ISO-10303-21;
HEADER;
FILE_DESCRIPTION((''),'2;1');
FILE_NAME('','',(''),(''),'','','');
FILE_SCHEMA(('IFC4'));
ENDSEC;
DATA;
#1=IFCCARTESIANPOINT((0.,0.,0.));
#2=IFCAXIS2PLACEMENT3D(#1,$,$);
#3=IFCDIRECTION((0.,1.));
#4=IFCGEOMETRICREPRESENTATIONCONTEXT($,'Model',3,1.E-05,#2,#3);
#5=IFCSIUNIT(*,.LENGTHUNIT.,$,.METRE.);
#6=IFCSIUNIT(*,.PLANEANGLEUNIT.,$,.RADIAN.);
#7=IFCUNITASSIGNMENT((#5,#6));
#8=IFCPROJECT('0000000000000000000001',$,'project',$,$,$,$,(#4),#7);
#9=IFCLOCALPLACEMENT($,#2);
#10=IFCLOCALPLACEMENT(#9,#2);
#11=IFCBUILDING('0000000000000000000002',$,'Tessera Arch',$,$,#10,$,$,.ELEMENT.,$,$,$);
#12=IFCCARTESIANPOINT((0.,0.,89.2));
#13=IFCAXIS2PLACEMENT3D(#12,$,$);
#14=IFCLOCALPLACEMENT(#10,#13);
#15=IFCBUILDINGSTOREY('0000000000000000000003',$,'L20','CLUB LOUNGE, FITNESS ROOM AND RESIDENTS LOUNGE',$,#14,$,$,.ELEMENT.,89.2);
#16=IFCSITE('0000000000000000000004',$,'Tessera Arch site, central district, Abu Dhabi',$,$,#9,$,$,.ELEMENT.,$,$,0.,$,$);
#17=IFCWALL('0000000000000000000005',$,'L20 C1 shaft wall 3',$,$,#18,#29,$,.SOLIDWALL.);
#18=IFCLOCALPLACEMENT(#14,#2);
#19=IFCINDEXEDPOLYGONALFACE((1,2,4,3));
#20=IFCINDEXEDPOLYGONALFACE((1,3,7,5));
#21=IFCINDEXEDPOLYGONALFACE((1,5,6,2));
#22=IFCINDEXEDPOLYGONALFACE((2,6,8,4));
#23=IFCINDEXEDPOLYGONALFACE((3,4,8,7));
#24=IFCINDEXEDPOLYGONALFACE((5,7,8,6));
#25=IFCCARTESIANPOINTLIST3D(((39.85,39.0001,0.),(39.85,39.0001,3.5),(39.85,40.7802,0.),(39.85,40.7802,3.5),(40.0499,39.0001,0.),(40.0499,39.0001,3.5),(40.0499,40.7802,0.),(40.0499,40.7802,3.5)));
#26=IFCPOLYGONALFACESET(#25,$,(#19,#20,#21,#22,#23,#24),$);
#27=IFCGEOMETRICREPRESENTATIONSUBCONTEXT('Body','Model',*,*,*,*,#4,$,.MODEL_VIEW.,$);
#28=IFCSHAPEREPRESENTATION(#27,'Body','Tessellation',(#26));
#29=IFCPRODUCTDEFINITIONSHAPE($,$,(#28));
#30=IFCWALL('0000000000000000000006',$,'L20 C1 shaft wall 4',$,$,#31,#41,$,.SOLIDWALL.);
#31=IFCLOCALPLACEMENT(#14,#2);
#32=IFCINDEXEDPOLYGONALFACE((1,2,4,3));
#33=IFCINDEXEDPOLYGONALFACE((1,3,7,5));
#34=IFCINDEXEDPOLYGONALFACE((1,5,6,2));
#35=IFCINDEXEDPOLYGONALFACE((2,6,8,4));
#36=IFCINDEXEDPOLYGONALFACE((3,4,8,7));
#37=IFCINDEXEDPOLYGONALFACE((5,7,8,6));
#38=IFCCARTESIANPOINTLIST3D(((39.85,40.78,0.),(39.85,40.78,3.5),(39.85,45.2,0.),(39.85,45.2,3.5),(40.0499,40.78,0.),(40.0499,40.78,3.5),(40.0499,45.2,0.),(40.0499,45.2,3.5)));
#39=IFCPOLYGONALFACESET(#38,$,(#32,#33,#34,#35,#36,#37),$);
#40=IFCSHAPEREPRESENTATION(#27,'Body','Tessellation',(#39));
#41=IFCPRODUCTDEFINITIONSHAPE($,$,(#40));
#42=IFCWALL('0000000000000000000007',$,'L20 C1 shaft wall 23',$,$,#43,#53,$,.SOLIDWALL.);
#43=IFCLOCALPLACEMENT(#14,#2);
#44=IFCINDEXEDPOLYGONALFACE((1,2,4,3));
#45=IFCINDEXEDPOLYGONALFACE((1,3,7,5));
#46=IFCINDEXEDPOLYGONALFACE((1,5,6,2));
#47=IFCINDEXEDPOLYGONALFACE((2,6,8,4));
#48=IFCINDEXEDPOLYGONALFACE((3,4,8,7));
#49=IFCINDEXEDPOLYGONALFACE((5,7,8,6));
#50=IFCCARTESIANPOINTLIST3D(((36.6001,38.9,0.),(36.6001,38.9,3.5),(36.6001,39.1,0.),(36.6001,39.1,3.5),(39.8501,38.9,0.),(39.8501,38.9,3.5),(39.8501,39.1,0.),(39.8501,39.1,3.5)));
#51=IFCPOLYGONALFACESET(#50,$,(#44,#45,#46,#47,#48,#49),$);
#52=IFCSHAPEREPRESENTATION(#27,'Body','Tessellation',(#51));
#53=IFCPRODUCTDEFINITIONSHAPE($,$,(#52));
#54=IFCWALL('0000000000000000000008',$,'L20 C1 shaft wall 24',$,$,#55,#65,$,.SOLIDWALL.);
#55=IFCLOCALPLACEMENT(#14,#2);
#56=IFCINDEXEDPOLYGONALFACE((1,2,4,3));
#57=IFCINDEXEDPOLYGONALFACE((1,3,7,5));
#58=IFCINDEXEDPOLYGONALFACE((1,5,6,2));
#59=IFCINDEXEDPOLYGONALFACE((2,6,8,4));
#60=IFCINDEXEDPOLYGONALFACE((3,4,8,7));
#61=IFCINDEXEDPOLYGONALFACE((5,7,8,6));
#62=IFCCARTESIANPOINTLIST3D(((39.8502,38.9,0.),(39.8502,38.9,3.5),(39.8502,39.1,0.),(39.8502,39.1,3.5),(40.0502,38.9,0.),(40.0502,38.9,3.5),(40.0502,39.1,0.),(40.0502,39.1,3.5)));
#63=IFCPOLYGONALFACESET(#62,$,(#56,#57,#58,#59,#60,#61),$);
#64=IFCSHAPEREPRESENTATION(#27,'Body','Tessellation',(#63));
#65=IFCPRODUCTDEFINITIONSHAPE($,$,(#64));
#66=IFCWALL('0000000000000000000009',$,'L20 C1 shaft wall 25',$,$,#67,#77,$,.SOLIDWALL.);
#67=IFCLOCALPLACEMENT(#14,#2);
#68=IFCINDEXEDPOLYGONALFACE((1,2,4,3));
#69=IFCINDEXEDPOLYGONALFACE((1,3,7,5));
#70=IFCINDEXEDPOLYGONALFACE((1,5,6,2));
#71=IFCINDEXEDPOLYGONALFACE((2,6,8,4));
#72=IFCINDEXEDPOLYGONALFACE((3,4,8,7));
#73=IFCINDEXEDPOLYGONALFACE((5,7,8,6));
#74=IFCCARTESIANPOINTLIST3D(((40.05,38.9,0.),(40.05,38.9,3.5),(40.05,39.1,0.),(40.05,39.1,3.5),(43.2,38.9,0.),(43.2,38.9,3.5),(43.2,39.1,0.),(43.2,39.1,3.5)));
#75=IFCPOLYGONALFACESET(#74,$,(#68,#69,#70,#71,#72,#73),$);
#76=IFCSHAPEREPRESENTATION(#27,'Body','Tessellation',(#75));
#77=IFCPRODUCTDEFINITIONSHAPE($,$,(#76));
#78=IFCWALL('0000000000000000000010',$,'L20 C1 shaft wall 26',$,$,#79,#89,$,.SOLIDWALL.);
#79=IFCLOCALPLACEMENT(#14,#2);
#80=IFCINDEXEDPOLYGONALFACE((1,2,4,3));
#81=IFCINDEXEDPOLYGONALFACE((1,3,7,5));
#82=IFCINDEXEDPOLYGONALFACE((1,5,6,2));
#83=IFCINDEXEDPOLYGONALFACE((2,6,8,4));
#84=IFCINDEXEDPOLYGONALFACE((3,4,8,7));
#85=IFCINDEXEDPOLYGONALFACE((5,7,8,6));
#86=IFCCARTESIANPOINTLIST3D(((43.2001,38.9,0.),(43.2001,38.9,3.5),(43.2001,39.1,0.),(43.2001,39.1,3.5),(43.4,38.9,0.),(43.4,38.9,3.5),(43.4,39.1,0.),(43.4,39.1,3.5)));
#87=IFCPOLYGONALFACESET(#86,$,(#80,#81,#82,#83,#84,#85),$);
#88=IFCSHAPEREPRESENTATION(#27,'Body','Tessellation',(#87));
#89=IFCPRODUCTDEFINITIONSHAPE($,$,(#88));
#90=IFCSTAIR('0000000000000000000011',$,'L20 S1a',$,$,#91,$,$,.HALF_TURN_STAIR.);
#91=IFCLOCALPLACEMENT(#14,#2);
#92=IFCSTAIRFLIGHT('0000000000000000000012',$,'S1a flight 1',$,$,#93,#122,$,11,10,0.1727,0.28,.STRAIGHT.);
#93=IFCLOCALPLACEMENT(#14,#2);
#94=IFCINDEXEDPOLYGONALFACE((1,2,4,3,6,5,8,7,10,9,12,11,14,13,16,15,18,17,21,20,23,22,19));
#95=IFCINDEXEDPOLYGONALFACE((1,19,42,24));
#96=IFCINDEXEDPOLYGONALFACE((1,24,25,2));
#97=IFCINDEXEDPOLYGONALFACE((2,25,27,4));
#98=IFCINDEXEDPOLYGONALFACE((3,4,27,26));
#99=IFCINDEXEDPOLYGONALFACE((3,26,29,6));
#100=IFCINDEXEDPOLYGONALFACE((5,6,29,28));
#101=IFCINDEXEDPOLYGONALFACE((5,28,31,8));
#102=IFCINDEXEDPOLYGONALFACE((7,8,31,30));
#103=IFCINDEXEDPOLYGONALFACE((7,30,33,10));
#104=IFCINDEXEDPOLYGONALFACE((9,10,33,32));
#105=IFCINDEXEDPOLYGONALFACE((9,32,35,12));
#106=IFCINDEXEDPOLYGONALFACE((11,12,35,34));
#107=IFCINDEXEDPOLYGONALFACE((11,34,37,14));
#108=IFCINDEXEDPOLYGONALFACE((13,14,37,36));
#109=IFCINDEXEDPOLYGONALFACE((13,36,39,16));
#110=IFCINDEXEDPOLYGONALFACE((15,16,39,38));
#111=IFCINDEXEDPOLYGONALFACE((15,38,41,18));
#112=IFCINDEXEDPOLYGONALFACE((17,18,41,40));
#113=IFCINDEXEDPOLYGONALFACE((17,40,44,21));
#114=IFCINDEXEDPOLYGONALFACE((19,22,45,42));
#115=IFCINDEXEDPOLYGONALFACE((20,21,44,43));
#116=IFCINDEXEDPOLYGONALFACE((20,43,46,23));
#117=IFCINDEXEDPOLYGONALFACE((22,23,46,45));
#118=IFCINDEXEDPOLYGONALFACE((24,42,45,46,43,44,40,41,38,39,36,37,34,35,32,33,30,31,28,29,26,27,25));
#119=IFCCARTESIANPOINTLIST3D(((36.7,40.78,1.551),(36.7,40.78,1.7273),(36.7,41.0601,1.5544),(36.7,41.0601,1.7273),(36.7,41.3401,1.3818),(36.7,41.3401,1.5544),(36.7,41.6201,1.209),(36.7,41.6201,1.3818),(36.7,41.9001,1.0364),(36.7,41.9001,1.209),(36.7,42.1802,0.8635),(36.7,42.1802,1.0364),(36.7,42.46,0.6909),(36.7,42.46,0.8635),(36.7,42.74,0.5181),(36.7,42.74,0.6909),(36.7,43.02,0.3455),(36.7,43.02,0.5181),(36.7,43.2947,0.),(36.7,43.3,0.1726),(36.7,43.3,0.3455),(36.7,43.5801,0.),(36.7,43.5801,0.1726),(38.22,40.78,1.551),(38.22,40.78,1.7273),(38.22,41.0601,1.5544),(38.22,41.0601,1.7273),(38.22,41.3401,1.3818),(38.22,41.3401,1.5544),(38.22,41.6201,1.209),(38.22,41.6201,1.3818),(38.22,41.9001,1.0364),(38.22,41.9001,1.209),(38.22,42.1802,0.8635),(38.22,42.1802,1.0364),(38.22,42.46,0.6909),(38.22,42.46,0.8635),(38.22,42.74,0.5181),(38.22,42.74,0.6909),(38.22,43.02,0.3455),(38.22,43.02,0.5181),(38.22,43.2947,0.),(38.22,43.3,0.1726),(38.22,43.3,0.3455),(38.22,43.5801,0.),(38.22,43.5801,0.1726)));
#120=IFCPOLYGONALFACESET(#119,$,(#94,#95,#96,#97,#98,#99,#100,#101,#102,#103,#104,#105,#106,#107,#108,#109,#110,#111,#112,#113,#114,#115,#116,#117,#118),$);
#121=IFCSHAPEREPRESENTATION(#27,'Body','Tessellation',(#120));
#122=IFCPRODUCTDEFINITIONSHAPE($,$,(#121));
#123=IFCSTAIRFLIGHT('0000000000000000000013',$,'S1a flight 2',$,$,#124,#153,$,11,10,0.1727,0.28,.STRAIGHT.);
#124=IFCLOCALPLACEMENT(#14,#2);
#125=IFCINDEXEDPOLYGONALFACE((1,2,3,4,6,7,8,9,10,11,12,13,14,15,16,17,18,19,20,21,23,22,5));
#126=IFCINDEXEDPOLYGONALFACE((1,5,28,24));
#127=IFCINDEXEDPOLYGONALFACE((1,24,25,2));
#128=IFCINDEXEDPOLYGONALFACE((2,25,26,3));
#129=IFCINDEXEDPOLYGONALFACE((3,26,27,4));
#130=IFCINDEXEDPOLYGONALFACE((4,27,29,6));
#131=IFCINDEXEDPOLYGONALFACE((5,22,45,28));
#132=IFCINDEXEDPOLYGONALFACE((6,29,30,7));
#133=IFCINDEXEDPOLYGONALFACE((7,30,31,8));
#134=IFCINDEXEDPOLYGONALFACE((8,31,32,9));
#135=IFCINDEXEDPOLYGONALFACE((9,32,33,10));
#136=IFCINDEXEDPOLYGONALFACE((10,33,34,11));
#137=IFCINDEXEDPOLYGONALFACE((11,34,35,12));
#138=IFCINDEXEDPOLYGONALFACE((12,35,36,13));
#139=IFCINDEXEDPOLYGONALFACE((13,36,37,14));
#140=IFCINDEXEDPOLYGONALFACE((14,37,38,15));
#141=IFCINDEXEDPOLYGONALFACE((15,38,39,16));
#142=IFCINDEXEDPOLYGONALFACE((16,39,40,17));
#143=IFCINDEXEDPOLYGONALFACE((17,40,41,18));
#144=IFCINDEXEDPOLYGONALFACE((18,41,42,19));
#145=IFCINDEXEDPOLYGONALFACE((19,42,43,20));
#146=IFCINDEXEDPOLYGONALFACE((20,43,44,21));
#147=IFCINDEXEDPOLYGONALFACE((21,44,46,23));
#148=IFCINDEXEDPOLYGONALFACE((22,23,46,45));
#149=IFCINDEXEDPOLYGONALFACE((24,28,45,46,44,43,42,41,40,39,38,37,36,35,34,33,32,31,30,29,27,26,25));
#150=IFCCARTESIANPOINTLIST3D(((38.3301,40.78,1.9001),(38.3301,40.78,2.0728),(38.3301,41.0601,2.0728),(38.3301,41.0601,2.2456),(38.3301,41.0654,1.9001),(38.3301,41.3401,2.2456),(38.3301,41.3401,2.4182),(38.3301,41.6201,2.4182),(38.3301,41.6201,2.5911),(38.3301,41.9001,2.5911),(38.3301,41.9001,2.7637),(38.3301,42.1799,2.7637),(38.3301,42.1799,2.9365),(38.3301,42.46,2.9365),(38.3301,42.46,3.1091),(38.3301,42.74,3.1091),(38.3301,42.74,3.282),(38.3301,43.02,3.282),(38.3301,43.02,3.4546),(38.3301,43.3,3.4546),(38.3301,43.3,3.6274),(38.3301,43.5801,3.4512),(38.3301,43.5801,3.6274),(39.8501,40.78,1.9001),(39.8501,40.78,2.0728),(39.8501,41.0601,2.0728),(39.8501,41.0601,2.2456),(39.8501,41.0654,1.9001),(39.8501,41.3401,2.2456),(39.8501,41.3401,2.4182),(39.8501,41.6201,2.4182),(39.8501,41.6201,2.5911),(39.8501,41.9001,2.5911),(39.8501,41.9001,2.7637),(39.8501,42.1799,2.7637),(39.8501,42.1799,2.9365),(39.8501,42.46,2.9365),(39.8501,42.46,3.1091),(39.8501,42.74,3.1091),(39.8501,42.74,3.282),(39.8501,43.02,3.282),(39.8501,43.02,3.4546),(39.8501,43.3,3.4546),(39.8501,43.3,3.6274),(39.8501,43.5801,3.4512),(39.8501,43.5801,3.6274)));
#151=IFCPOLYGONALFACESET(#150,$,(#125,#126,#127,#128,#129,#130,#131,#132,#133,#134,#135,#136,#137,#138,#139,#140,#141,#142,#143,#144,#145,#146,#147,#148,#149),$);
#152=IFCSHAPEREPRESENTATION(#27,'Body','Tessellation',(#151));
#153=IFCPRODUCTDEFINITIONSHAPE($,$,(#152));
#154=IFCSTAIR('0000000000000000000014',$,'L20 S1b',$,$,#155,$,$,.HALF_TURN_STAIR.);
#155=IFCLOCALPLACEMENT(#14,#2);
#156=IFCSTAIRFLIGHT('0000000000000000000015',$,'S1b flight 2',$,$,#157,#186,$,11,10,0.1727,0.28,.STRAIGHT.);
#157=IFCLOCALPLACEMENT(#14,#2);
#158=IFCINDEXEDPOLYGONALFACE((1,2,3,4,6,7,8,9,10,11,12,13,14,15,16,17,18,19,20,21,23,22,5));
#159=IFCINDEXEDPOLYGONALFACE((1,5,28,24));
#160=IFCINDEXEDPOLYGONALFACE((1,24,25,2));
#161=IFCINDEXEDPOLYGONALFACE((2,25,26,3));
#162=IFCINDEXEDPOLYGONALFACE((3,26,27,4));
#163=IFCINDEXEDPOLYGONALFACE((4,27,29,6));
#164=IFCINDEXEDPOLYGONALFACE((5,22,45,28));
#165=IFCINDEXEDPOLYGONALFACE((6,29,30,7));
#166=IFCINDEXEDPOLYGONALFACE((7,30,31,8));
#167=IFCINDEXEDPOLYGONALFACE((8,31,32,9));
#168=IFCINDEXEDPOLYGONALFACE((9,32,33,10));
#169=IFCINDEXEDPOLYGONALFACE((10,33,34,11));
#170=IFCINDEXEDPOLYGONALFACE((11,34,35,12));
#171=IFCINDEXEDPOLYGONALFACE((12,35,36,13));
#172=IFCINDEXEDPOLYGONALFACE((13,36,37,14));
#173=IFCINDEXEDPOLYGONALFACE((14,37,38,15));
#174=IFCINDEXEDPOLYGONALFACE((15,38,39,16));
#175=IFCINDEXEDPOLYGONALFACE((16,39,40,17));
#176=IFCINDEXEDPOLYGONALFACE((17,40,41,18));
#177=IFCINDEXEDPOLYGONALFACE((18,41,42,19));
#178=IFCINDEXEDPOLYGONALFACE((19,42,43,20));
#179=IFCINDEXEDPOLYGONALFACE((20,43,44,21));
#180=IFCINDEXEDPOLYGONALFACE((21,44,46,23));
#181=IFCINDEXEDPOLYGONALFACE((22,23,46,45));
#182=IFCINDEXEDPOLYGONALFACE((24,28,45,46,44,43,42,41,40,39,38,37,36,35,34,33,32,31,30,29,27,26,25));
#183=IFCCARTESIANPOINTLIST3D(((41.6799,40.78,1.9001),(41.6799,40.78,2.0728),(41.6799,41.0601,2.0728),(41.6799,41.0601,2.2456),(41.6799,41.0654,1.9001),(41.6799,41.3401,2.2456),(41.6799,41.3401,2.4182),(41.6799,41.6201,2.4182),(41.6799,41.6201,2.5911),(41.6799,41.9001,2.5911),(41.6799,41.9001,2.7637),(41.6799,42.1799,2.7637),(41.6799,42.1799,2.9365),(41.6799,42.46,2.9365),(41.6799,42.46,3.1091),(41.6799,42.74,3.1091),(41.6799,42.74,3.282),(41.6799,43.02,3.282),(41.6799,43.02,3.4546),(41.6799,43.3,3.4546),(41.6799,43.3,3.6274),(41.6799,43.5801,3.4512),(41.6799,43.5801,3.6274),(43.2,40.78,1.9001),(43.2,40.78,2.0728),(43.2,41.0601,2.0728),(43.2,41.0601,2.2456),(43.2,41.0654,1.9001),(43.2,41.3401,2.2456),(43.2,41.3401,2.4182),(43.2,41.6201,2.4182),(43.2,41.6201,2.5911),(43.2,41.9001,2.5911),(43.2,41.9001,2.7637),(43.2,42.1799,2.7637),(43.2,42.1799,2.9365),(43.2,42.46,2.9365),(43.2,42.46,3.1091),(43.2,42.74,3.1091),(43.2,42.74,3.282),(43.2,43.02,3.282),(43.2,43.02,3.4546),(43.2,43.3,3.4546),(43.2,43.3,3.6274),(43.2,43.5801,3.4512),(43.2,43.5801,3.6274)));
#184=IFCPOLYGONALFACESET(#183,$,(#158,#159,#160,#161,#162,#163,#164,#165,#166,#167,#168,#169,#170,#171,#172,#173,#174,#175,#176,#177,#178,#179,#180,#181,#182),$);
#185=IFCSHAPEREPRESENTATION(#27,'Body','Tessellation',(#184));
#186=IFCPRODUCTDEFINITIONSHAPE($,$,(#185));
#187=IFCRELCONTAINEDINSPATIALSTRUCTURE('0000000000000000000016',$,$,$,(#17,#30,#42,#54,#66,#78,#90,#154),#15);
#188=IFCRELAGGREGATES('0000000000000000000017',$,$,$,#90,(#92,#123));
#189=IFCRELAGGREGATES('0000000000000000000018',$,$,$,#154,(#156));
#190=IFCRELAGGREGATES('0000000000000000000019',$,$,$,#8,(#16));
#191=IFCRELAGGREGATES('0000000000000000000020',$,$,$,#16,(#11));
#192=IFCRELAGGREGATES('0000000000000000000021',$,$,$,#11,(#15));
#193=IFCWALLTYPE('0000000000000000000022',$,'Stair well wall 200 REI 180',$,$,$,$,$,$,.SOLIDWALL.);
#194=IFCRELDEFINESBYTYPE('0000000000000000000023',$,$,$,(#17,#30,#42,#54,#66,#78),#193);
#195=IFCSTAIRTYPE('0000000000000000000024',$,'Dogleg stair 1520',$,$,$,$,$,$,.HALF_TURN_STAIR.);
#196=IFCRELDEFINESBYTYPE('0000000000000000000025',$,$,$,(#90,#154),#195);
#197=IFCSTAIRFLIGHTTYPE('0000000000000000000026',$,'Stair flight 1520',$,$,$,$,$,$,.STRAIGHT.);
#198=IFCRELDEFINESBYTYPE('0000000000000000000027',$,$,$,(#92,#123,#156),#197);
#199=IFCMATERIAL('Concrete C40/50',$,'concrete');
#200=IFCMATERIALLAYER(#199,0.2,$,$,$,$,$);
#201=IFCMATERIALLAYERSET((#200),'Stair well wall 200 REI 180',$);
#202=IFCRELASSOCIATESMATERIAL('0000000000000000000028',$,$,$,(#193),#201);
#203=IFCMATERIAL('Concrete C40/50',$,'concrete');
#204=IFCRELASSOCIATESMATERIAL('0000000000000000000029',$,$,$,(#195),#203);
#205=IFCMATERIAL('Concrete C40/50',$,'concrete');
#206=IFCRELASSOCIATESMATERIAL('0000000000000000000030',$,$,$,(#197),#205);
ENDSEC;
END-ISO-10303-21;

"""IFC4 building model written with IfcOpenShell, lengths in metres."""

from ifc_helpers import new_model, si_unit, direction, frame, frame_2d, origin, place, context, subcontext, project, spatial, polyline, rectangle, outline, extrude, material, layer, layer_set, type_object, element, aggregate, save


model = new_model("IFC4")

# Units and contexts
model_context = context("Model", 3, precision=1e-05, world=origin(), true_north=direction((0.0, 1.0)))
body_context = subcontext(model_context, "Body", "Model", "MODEL_VIEW")
ifc_project = project(units=[si_unit("LENGTHUNIT", "METRE"), si_unit("PLANEANGLEUNIT", "RADIAN")], contexts=[model_context])

# Site, building, storey
site_placement = place(None, origin())
site = spatial("IfcSite", under=ifc_project, at=site_placement, Name="Tessera Arch site, central district, Abu Dhabi", CompositionType="ELEMENT", RefElevation=0.0)
building_placement = place(site_placement, origin())
building = spatial("IfcBuilding", under=site, at=building_placement, Name="Tessera Arch", CompositionType="ELEMENT")
storey_placement = place(building_placement, frame((0.0, 0.0, 89.2)))
storey = spatial("IfcBuildingStorey", under=building, at=storey_placement, Name="L20", Description="CLUB LOUNGE, FITNESS ROOM AND RESIDENTS LOUNGE", CompositionType="ELEMENT", Elevation=89.2)

# Walls
ifc_material_1 = material(Name="Concrete C40/50", Category="concrete")
ifc_layer_1 = layer(ifc_material_1, 0.2)
ifc_layer_set_1 = layer_set([ifc_layer_1], Name="Stair well wall 200 REI 180")
wall_type_1 = type_object("IfcWallType", Name="Stair well wall 200 REI 180", PredefinedType="SOLIDWALL", material=ifc_layer_set_1)
wall_1_placement = place(storey_placement, frame((39.95, 39.0, 0.0), z_axis=(0.0, 0.0, 1.0), x_axis=(0.0, 1.0, 0.0)))
element("IfcWall", 1, at=wall_1_placement, inside=storey, type_object=wall_type_1, Name="L20 C1 shaft wall 3", PredefinedType="SOLIDWALL", context=body_context, shape_type="SweptSolid", body=[
    extrude(rectangle(XDim=1.78, YDim=0.2, at=frame_2d((0.8901, 0.0))), origin(), (0.0, 0.0, 1.0), 3.5),
])
wall_2_placement = place(storey_placement, frame((39.95, 40.78, 0.0), z_axis=(0.0, 0.0, 1.0), x_axis=(0.0, 1.0, 0.0)))
element("IfcWall", 2, at=wall_2_placement, inside=storey, type_object=wall_type_1, Name="L20 C1 shaft wall 4", PredefinedType="SOLIDWALL", context=body_context, shape_type="SweptSolid", body=[
    extrude(rectangle(XDim=4.4199, YDim=0.2, at=frame_2d((2.21, 0.0))), origin(), (0.0, 0.0, 1.0), 3.5),
])
wall_3_placement = place(storey_placement, frame((36.6001, 39.0, 0.0), z_axis=(0.0, 0.0, 1.0), x_axis=(1.0, 0.0, 0.0)))
element("IfcWall", 3, at=wall_3_placement, inside=storey, type_object=wall_type_1, Name="L20 C1 shaft wall 23", PredefinedType="SOLIDWALL", context=body_context, shape_type="SweptSolid", body=[
    extrude(rectangle(XDim=3.25, YDim=0.2, at=frame_2d((1.625, 0.0))), origin(), (0.0, 0.0, 1.0), 3.5),
])
wall_4_placement = place(storey_placement, frame((39.8501, 39.0, 0.0), z_axis=(0.0, 0.0, 1.0), x_axis=(1.0, 0.0, 0.0)))
element("IfcWall", 4, at=wall_4_placement, inside=storey, type_object=wall_type_1, Name="L20 C1 shaft wall 24", PredefinedType="SOLIDWALL", context=body_context, shape_type="SweptSolid", body=[
    extrude(rectangle(XDim=0.2, YDim=0.2, at=frame_2d((0.1001, 0.0))), origin(), (0.0, 0.0, 1.0), 3.5),
])
wall_5_placement = place(storey_placement, frame((40.05, 39.0, 0.0), z_axis=(0.0, 0.0, 1.0), x_axis=(1.0, 0.0, 0.0)))
element("IfcWall", 5, at=wall_5_placement, inside=storey, type_object=wall_type_1, Name="L20 C1 shaft wall 25", PredefinedType="SOLIDWALL", context=body_context, shape_type="SweptSolid", body=[
    extrude(rectangle(XDim=3.1499, YDim=0.2, at=frame_2d((1.575, 0.0))), origin(), (0.0, 0.0, 1.0), 3.5),
])
wall_6_placement = place(storey_placement, frame((43.2, 39.0, 0.0), z_axis=(0.0, 0.0, 1.0), x_axis=(1.0, 0.0, 0.0)))
element("IfcWall", 6, at=wall_6_placement, inside=storey, type_object=wall_type_1, Name="L20 C1 shaft wall 26", PredefinedType="SOLIDWALL", context=body_context, shape_type="SweptSolid", body=[
    extrude(rectangle(XDim=0.2, YDim=0.2, at=frame_2d((0.1001, 0.0))), origin(), (0.0, 0.0, 1.0), 3.5),
])

# Stair, stair flights
ifc_material_2 = material(Name="Concrete C40/50", Category="concrete")
stair_type = type_object("IfcStairType", Name="Dogleg stair 1520", PredefinedType="HALF_TURN_STAIR", material=ifc_material_2)
stair_1_placement = place(storey_placement, origin())
stair_1 = element("IfcStair", 7, at=stair_1_placement, inside=storey, type_object=stair_type, Name="L20 S1a", PredefinedType="HALF_TURN_STAIR")
ifc_material_3 = material(Name="Concrete C40/50", Category="concrete")
stair_flight_type = type_object("IfcStairFlightType", Name="Stair flight 1520", PredefinedType="STRAIGHT", material=ifc_material_3)
stair_flight_1_placement = place(storey_placement, frame((37.46, 43.5801, 0.0), z_axis=(0.0, 0.0, 1.0), x_axis=(0.0, -1.0, 0.0)))
stair_flight_1 = element("IfcStairFlight", 8, at=stair_flight_1_placement, type_object=stair_flight_type, Name="S1a flight 1", NumberOfRisers=11, NumberOfTreads=10, PredefinedType="STRAIGHT", RiserHeight=0.1727, TreadLength=0.28, context=body_context, shape_type="SweptSolid", body=[
    extrude(outline(polyline([(0.0, 0.0), (0.0, 0.1726), (0.28, 0.1726), (0.28, 0.3455), (0.5601, 0.3455), (0.5601, 0.5181), (0.8401, 0.5181), (0.8401, 0.6909), (1.1201, 0.6909), (1.1201, 0.8635), (1.3999, 0.8635), (1.3999, 1.0364), (1.6799, 1.0364), (1.6799, 1.209), (1.96, 1.209), (1.96, 1.3818), (2.24, 1.3818), (2.24, 1.5544), (2.52, 1.5544), (2.52, 1.7273), (2.8, 1.7273), (2.8, 1.8999), (2.8, 1.551), (0.2854, 0.0), (0.0, 0.0)])), frame((0.0, 0.76, 0.0), z_axis=(0.0, -1.0, 0.0), x_axis=(1.0, 0.0, 0.0)), (0.0, 0.0, 1.0), 1.52),
])
stair_flight_2_placement = place(storey_placement, frame((39.0901, 40.78, 1.9001), z_axis=(0.0, 0.0, 1.0), x_axis=(0.0, 1.0, 0.0)))
stair_flight_2 = element("IfcStairFlight", 9, at=stair_flight_2_placement, type_object=stair_flight_type, Name="S1a flight 2", NumberOfRisers=11, NumberOfTreads=10, PredefinedType="STRAIGHT", RiserHeight=0.1727, TreadLength=0.28, context=body_context, shape_type="SweptSolid", body=[
    extrude(outline(polyline([(0.0, 0.0), (0.0, 0.1726), (0.28, 0.1726), (0.28, 0.3455), (0.5601, 0.3455), (0.5601, 0.5181), (0.8401, 0.5181), (0.8401, 0.6909), (1.1201, 0.6909), (1.1201, 0.8635), (1.3999, 0.8635), (1.3999, 1.0364), (1.6799, 1.0364), (1.6799, 1.209), (1.96, 1.209), (1.96, 1.3818), (2.24, 1.3818), (2.24, 1.5544), (2.52, 1.5544), (2.52, 1.7273), (2.8, 1.7273), (2.8, 1.8999), (2.8, 1.551), (0.2854, 0.0), (0.0, 0.0)])), frame((0.0, 0.76, 0.0), z_axis=(0.0, -1.0, 0.0), x_axis=(1.0, 0.0, 0.0)), (0.0, 0.0, 1.0), 1.52),
])
aggregate(stair_1, [stair_flight_1, stair_flight_2])

# Stair, stair flight
stair_2_placement = place(storey_placement, origin())
stair_2 = element("IfcStair", 10, at=stair_2_placement, inside=storey, type_object=stair_type, Name="L20 S1b", PredefinedType="HALF_TURN_STAIR")
stair_flight_3_placement = place(storey_placement, frame((42.4399, 40.78, 1.9001), z_axis=(0.0, 0.0, 1.0), x_axis=(0.0, 1.0, 0.0)))
stair_flight_3 = element("IfcStairFlight", 11, at=stair_flight_3_placement, type_object=stair_flight_type, Name="S1b flight 2", NumberOfRisers=11, NumberOfTreads=10, PredefinedType="STRAIGHT", RiserHeight=0.1727, TreadLength=0.28, context=body_context, shape_type="SweptSolid", body=[
    extrude(outline(polyline([(0.0, 0.0), (0.0, 0.1726), (0.28, 0.1726), (0.28, 0.3455), (0.5601, 0.3455), (0.5601, 0.5181), (0.8401, 0.5181), (0.8401, 0.6909), (1.1201, 0.6909), (1.1201, 0.8635), (1.3999, 0.8635), (1.3999, 1.0364), (1.6799, 1.0364), (1.6799, 1.209), (1.96, 1.209), (1.96, 1.3818), (2.24, 1.3818), (2.24, 1.5544), (2.52, 1.5544), (2.52, 1.7273), (2.8, 1.7273), (2.8, 1.8999), (2.8, 1.551), (0.2854, 0.0), (0.0, 0.0)])), frame((0.0, 0.76, 0.0), z_axis=(0.0, -1.0, 0.0), x_axis=(1.0, 0.0, 0.0)), (0.0, 0.0, 1.0), 1.52),
])
aggregate(stair_2, [stair_flight_3])

save(model, "model.ifc")
